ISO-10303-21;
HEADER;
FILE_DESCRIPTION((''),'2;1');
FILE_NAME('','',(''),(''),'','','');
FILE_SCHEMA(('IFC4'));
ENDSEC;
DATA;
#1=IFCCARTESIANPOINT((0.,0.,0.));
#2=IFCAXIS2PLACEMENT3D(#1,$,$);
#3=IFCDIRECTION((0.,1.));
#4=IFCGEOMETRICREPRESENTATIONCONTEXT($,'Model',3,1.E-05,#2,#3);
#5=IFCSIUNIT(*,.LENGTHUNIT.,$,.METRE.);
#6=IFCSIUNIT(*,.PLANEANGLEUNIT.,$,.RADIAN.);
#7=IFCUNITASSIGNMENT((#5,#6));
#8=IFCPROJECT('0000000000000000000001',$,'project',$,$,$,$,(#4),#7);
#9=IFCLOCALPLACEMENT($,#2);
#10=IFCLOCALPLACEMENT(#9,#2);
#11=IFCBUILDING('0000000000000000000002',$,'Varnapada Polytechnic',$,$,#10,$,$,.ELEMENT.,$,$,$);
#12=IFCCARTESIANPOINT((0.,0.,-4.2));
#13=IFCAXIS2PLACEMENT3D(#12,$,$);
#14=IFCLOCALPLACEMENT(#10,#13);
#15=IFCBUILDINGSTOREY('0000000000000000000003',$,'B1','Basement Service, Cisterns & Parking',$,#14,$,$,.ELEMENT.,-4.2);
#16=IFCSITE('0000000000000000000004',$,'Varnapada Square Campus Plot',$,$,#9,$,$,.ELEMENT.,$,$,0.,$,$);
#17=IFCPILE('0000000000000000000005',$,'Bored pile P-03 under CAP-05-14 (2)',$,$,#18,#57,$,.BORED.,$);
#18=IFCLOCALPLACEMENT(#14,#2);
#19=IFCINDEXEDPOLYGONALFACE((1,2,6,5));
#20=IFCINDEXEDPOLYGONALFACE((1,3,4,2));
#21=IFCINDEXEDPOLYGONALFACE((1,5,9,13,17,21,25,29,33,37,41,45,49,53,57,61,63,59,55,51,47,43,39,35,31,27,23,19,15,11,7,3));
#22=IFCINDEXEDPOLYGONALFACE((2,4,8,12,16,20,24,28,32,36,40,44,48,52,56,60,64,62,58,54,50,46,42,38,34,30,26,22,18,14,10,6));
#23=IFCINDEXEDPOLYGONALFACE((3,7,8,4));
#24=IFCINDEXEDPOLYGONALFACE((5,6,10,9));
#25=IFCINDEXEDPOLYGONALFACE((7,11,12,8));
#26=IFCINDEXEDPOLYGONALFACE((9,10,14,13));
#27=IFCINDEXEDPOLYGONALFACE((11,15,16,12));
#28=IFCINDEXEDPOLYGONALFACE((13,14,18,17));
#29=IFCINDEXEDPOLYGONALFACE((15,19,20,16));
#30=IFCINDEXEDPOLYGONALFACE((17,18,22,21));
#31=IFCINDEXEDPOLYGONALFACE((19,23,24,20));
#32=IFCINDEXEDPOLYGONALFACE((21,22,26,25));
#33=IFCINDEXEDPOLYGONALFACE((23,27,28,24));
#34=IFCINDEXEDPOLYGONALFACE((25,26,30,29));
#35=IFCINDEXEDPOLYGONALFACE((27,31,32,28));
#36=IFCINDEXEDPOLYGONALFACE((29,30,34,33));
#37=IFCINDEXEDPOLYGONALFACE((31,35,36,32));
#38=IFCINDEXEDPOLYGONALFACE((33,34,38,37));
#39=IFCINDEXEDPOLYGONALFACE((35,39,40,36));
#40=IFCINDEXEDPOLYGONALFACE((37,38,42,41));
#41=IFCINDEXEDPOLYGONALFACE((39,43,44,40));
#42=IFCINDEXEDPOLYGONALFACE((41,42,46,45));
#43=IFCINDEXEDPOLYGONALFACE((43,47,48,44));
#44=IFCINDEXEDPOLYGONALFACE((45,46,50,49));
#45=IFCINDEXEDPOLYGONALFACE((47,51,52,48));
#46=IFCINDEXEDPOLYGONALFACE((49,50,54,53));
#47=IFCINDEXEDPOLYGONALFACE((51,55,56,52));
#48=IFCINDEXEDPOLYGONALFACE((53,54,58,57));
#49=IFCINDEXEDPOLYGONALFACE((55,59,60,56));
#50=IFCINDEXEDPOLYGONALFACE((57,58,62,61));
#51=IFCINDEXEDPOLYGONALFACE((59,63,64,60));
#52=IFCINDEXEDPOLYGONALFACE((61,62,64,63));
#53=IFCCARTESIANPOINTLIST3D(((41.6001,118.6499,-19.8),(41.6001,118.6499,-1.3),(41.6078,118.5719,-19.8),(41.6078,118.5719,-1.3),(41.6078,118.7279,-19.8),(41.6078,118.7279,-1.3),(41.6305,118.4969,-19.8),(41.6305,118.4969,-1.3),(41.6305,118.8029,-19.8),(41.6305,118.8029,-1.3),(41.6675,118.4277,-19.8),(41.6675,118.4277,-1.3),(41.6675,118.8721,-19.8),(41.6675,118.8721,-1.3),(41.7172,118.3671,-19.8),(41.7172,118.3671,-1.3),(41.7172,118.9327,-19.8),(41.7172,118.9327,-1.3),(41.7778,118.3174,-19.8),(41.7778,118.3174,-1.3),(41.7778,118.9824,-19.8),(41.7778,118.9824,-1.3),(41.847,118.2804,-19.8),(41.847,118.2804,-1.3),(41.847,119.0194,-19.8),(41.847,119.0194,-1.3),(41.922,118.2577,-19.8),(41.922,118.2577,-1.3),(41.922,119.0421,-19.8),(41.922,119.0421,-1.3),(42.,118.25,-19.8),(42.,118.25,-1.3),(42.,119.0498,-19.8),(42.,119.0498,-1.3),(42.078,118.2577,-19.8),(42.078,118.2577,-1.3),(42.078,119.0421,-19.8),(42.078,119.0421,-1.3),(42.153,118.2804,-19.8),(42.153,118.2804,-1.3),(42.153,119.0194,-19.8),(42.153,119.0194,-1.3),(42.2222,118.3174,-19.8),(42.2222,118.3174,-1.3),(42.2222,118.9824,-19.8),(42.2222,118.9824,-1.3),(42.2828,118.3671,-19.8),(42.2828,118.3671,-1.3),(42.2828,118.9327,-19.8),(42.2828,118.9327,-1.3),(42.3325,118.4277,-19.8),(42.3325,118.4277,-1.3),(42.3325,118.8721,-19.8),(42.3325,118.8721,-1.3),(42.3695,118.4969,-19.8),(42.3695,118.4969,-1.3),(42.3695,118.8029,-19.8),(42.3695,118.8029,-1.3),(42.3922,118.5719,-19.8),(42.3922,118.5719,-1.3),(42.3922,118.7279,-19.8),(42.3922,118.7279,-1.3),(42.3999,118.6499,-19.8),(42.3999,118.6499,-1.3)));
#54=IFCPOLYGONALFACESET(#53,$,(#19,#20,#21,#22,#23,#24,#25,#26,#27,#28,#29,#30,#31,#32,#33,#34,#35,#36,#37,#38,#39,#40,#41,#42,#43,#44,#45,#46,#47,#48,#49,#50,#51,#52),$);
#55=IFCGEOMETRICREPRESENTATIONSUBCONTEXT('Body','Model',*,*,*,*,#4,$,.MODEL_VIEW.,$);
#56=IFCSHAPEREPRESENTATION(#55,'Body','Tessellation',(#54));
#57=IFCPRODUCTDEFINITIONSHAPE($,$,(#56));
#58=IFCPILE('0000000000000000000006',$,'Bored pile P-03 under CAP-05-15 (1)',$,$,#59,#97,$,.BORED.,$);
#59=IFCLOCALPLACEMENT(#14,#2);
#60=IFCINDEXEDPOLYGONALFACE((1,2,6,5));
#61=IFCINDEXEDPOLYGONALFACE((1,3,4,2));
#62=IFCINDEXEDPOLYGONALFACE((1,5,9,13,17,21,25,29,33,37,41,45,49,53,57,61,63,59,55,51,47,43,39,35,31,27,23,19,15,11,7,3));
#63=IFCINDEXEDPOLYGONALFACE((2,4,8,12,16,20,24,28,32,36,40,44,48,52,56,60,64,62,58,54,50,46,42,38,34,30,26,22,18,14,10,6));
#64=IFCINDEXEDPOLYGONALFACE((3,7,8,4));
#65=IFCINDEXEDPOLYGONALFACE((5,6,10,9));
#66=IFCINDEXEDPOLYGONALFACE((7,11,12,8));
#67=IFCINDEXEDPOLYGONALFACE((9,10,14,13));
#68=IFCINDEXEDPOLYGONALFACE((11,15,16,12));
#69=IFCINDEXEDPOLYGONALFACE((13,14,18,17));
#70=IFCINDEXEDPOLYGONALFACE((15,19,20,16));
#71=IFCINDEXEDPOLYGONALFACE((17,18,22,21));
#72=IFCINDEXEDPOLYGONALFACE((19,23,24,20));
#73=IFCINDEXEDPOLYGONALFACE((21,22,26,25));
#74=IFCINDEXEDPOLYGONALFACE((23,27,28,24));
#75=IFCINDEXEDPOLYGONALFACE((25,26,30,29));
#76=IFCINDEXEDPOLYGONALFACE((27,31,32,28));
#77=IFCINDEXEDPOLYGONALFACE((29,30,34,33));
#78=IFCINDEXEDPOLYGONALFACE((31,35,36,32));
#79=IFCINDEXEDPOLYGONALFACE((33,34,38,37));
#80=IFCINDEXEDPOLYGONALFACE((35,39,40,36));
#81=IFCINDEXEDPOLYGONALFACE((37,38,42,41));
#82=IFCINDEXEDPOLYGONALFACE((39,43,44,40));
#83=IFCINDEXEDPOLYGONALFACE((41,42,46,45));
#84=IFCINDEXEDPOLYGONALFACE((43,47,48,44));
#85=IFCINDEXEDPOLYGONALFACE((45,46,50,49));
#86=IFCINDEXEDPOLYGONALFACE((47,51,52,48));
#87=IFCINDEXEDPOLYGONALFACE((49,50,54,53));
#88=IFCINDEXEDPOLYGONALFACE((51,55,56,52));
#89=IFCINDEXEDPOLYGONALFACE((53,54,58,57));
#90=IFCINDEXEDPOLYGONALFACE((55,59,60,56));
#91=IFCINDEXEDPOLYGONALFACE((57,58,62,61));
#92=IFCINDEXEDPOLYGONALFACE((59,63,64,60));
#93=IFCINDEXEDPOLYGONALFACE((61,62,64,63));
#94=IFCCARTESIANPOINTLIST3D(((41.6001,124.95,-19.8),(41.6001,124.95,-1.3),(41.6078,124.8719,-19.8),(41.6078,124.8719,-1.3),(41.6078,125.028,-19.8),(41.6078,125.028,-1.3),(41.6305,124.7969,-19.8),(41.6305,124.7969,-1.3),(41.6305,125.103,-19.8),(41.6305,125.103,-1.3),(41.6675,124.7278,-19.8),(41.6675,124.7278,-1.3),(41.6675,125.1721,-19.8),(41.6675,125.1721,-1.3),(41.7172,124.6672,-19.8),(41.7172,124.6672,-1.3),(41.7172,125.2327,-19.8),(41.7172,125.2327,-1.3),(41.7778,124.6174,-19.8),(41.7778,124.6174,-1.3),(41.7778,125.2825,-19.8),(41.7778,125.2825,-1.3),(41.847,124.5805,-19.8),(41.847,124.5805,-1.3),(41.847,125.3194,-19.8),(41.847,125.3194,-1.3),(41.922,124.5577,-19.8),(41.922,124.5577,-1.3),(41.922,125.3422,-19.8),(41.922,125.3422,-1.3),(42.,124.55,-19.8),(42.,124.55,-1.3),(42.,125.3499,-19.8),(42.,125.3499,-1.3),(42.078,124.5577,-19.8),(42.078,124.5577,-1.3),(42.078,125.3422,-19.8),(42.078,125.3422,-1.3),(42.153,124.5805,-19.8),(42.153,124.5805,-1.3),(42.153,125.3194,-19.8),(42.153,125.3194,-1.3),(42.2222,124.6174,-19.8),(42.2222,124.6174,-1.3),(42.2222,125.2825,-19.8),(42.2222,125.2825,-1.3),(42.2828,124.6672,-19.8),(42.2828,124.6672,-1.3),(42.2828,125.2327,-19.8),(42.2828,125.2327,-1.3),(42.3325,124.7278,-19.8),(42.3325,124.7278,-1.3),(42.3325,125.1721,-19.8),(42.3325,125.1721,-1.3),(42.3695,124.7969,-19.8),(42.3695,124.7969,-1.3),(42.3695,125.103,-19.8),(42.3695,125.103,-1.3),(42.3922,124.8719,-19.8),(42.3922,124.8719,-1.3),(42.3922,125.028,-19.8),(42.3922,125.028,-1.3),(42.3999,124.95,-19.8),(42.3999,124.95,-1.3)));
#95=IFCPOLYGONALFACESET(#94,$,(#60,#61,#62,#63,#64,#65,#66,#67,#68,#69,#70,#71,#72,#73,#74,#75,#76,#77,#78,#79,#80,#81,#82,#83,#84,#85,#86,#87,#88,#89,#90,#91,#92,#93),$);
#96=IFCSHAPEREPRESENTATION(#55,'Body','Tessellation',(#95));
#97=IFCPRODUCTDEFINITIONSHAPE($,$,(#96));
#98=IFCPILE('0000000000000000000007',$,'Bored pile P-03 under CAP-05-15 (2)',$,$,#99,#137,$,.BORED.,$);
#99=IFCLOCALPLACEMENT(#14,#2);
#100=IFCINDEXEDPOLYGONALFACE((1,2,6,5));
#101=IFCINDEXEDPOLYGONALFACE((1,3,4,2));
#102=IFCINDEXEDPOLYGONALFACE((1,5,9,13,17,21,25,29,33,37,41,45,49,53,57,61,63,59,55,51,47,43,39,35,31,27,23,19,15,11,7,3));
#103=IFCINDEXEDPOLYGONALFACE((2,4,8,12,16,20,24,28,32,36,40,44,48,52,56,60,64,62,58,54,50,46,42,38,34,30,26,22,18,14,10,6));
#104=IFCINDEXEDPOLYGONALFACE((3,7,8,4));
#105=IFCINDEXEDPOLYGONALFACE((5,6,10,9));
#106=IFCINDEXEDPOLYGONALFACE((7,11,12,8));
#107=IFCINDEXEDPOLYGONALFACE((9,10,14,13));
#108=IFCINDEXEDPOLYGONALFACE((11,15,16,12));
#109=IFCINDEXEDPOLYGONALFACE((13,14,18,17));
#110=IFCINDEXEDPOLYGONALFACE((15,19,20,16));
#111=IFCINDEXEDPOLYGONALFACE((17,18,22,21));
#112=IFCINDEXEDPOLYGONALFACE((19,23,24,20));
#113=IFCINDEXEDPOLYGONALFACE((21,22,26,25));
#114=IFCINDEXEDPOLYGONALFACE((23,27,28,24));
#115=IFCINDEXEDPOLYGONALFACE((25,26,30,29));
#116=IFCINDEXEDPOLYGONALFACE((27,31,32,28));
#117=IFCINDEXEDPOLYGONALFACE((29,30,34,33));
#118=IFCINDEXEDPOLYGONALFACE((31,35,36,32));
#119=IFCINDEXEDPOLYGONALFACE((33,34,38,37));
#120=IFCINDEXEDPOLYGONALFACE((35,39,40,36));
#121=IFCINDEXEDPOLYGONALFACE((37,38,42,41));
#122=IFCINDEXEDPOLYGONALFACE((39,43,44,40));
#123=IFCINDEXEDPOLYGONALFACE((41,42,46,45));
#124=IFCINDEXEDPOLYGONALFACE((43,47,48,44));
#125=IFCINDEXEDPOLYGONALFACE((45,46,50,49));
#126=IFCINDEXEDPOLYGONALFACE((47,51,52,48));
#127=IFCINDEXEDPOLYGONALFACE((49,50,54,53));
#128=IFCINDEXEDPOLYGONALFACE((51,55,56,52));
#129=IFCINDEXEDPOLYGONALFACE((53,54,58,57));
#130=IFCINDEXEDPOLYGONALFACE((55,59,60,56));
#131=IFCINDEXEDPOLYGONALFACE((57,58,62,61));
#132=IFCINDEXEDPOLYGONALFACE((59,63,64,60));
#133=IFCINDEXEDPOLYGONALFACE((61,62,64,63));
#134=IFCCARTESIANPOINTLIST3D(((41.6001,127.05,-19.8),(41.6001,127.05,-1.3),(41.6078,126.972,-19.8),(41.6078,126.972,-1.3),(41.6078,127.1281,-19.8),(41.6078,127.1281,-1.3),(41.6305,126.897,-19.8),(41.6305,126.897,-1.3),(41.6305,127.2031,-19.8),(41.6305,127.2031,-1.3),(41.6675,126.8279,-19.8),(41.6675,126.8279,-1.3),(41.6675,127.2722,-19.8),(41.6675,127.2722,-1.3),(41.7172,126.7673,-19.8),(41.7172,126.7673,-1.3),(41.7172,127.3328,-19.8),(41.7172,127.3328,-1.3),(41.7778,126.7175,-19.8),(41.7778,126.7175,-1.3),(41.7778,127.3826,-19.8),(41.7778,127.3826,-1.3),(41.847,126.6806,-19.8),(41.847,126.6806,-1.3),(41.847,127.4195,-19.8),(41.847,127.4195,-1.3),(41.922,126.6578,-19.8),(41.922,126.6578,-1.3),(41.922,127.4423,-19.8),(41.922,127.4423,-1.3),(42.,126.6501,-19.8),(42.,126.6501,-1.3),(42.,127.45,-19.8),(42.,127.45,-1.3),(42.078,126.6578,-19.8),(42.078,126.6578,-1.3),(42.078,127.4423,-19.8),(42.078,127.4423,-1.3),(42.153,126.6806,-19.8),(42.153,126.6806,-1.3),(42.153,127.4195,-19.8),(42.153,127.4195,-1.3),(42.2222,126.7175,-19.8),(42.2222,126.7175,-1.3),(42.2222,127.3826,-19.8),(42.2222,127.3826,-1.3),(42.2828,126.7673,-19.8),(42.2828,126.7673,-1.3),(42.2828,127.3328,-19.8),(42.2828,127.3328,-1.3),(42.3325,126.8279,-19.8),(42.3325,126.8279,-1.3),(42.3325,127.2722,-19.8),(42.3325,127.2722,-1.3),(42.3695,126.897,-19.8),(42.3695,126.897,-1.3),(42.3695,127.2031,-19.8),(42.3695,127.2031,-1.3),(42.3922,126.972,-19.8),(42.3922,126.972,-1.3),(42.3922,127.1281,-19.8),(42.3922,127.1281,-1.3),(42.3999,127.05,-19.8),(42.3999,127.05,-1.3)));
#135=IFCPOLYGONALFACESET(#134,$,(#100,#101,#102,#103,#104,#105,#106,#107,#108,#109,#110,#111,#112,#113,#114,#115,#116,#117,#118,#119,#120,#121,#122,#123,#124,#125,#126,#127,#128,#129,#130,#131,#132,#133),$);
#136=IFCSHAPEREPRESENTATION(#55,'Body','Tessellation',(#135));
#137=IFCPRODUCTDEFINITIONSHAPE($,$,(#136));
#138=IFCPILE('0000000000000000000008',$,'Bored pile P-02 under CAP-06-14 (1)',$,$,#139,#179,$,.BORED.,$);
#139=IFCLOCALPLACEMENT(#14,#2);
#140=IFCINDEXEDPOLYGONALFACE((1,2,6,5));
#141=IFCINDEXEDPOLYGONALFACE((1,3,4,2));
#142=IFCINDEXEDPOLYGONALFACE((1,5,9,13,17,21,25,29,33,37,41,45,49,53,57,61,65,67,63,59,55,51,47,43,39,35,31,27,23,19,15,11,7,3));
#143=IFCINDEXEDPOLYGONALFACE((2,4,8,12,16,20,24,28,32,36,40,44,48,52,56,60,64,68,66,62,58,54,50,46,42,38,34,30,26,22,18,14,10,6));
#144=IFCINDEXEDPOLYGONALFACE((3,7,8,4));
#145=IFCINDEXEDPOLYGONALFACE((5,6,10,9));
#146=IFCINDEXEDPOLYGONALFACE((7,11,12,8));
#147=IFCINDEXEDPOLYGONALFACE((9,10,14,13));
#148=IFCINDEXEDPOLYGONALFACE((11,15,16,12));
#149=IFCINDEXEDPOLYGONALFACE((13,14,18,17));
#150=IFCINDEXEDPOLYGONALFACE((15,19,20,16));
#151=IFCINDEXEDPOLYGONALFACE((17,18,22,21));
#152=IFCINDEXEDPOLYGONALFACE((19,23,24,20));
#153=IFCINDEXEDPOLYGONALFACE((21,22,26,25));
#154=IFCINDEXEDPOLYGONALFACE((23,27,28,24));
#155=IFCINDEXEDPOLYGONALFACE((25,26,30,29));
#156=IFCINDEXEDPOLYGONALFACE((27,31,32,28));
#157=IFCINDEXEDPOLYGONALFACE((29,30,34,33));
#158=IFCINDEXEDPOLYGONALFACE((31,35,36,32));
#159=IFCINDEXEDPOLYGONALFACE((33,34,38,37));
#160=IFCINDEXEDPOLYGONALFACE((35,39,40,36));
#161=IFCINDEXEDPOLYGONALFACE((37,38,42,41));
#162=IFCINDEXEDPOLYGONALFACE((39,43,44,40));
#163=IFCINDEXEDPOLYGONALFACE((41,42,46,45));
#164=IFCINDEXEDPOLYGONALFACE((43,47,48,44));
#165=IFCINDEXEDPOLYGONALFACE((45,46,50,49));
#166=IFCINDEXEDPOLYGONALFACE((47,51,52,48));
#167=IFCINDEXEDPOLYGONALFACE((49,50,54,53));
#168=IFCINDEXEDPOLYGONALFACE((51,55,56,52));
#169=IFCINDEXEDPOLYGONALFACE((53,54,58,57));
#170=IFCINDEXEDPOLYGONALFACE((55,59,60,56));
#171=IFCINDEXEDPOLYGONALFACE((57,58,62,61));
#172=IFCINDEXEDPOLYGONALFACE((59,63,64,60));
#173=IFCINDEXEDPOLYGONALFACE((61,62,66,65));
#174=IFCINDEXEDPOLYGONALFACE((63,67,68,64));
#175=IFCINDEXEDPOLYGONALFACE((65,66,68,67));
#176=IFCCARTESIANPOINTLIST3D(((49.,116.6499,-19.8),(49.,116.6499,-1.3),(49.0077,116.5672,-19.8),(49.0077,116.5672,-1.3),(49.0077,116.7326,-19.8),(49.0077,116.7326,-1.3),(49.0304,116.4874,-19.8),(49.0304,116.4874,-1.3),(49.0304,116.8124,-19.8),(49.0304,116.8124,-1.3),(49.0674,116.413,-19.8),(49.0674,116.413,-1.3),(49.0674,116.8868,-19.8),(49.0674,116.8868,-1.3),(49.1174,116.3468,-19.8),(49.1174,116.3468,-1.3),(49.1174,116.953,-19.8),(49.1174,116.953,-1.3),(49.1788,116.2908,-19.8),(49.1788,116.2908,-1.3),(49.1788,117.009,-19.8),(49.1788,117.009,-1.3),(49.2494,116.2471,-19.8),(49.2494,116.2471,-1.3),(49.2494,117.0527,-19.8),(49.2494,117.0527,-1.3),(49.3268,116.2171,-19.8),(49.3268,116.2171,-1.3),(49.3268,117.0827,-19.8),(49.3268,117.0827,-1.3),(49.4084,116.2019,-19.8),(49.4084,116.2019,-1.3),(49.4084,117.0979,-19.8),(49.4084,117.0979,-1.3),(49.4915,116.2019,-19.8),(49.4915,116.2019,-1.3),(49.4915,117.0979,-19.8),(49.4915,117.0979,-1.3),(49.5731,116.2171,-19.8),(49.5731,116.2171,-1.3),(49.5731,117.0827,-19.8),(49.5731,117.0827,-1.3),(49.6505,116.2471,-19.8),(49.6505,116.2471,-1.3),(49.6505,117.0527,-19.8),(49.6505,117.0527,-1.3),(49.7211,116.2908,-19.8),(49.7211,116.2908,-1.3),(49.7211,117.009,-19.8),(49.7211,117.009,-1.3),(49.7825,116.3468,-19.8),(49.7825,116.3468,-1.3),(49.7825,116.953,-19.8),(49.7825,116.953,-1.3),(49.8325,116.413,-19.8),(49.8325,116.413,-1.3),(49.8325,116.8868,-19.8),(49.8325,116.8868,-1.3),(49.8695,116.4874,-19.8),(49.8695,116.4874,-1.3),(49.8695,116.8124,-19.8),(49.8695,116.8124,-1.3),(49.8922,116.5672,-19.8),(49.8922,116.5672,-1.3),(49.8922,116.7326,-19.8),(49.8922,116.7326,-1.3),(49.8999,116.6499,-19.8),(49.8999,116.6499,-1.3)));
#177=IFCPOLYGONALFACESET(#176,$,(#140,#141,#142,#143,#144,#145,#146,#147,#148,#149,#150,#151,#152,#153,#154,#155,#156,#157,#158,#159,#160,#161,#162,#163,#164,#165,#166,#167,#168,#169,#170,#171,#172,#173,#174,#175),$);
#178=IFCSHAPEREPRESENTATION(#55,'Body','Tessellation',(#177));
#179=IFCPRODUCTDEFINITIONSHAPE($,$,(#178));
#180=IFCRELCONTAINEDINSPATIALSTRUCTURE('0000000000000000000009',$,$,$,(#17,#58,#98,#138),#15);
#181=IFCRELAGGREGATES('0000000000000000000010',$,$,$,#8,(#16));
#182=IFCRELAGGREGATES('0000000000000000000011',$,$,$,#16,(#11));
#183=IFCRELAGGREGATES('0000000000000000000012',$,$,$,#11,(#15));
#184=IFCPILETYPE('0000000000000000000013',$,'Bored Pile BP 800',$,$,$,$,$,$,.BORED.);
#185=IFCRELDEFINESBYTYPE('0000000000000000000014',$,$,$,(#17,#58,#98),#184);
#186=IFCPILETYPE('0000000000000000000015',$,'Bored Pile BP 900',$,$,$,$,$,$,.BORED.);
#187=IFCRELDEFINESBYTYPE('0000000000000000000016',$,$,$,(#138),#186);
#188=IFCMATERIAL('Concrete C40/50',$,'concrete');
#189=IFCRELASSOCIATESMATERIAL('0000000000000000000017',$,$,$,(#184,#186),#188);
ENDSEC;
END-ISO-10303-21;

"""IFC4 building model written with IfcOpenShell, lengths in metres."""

from ifc_helpers import new_model, si_unit, direction, frame, origin, origin_2d, place, context, subcontext, project, spatial, circle, extrude, material, material_profile, profile_set, type_object, element, save


model = new_model("IFC4")

# Units and contexts
model_context = context("Model", 3, precision=1e-05, world=origin(), true_north=direction((0.0, 1.0)))
body_context = subcontext(model_context, "Body", "Model", "MODEL_VIEW")
ifc_project = project(units=[si_unit("LENGTHUNIT", "METRE"), si_unit("PLANEANGLEUNIT", "RADIAN")], contexts=[model_context])

# Site, building, storey
site_placement = place(None, origin())
site = spatial("IfcSite", under=ifc_project, at=site_placement, Name="Varnapada Square Campus Plot", CompositionType="ELEMENT", RefElevation=0.0)
building_placement = place(site_placement, origin())
building = spatial("IfcBuilding", under=site, at=building_placement, Name="Varnapada Polytechnic", CompositionType="ELEMENT")
storey_placement = place(building_placement, frame((0.0, 0.0, -4.2)))
storey = spatial("IfcBuildingStorey", under=building, at=storey_placement, Name="B1", Description="Basement Service, Cisterns & Parking", CompositionType="ELEMENT", Elevation=-4.2)

# Piles
ifc_material = material(Name="Concrete C40/50", Category="concrete")
ifc_material_profile_1 = material_profile(ifc_material, circle(Radius=0.3999, at=origin_2d()), Name="BP 800")
ifc_profile_set_1 = profile_set([ifc_material_profile_1], Name="Concrete C40/50")
pile_type_1 = type_object("IfcPileType", Name="Bored Pile BP 800", PredefinedType="BORED", material=ifc_profile_set_1)
for number, where, z_axis, x_axis, name in (
    (1, (42.0, 118.6499, -1.3), (0.0, 0.0, -1.0), (1.0, 0.0, 0.0), "Bored pile P-03 under CAP-05-14 (2)"),
    (2, (42.0, 124.95, -1.3), (0.0, 0.0, -1.0), (1.0, 0.0, 0.0), "Bored pile P-03 under CAP-05-15 (1)"),
    (3, (42.0, 127.05, -1.3), (0.0, 0.0, -1.0), (1.0, 0.0, 0.0), "Bored pile P-03 under CAP-05-15 (2)"),
):
    element("IfcPile", number, at=place(storey_placement, frame(where, z_axis=z_axis, x_axis=x_axis)), inside=storey, type_object=pile_type_1, Name=name, PredefinedType="BORED", context=body_context, shape_type="SweptSolid", body=[
        extrude(circle(Radius=0.3999, at=origin_2d()), origin(), (0.0, 0.0, 1.0), 18.5),
    ])
ifc_material_profile_2 = material_profile(ifc_material, circle(Radius=0.45, at=origin_2d()), Name="BP 900")
ifc_profile_set_2 = profile_set([ifc_material_profile_2], Name="Concrete C40/50")
pile_type_2 = type_object("IfcPileType", Name="Bored Pile BP 900", PredefinedType="BORED", material=ifc_profile_set_2)
for number, where, z_axis, x_axis, name in (
    (4, (49.45, 116.6499, -1.3), (0.0, 0.0, -1.0), (1.0, 0.0, 0.0), "Bored pile P-02 under CAP-06-14 (1)"),
):
    element("IfcPile", number, at=place(storey_placement, frame(where, z_axis=z_axis, x_axis=x_axis)), inside=storey, type_object=pile_type_2, Name=name, PredefinedType="BORED", context=body_context, shape_type="SweptSolid", body=[
        extrude(circle(Radius=0.45, at=origin_2d()), origin(), (0.0, 0.0, 1.0), 18.5),
    ])

save(model, "model.ifc")
